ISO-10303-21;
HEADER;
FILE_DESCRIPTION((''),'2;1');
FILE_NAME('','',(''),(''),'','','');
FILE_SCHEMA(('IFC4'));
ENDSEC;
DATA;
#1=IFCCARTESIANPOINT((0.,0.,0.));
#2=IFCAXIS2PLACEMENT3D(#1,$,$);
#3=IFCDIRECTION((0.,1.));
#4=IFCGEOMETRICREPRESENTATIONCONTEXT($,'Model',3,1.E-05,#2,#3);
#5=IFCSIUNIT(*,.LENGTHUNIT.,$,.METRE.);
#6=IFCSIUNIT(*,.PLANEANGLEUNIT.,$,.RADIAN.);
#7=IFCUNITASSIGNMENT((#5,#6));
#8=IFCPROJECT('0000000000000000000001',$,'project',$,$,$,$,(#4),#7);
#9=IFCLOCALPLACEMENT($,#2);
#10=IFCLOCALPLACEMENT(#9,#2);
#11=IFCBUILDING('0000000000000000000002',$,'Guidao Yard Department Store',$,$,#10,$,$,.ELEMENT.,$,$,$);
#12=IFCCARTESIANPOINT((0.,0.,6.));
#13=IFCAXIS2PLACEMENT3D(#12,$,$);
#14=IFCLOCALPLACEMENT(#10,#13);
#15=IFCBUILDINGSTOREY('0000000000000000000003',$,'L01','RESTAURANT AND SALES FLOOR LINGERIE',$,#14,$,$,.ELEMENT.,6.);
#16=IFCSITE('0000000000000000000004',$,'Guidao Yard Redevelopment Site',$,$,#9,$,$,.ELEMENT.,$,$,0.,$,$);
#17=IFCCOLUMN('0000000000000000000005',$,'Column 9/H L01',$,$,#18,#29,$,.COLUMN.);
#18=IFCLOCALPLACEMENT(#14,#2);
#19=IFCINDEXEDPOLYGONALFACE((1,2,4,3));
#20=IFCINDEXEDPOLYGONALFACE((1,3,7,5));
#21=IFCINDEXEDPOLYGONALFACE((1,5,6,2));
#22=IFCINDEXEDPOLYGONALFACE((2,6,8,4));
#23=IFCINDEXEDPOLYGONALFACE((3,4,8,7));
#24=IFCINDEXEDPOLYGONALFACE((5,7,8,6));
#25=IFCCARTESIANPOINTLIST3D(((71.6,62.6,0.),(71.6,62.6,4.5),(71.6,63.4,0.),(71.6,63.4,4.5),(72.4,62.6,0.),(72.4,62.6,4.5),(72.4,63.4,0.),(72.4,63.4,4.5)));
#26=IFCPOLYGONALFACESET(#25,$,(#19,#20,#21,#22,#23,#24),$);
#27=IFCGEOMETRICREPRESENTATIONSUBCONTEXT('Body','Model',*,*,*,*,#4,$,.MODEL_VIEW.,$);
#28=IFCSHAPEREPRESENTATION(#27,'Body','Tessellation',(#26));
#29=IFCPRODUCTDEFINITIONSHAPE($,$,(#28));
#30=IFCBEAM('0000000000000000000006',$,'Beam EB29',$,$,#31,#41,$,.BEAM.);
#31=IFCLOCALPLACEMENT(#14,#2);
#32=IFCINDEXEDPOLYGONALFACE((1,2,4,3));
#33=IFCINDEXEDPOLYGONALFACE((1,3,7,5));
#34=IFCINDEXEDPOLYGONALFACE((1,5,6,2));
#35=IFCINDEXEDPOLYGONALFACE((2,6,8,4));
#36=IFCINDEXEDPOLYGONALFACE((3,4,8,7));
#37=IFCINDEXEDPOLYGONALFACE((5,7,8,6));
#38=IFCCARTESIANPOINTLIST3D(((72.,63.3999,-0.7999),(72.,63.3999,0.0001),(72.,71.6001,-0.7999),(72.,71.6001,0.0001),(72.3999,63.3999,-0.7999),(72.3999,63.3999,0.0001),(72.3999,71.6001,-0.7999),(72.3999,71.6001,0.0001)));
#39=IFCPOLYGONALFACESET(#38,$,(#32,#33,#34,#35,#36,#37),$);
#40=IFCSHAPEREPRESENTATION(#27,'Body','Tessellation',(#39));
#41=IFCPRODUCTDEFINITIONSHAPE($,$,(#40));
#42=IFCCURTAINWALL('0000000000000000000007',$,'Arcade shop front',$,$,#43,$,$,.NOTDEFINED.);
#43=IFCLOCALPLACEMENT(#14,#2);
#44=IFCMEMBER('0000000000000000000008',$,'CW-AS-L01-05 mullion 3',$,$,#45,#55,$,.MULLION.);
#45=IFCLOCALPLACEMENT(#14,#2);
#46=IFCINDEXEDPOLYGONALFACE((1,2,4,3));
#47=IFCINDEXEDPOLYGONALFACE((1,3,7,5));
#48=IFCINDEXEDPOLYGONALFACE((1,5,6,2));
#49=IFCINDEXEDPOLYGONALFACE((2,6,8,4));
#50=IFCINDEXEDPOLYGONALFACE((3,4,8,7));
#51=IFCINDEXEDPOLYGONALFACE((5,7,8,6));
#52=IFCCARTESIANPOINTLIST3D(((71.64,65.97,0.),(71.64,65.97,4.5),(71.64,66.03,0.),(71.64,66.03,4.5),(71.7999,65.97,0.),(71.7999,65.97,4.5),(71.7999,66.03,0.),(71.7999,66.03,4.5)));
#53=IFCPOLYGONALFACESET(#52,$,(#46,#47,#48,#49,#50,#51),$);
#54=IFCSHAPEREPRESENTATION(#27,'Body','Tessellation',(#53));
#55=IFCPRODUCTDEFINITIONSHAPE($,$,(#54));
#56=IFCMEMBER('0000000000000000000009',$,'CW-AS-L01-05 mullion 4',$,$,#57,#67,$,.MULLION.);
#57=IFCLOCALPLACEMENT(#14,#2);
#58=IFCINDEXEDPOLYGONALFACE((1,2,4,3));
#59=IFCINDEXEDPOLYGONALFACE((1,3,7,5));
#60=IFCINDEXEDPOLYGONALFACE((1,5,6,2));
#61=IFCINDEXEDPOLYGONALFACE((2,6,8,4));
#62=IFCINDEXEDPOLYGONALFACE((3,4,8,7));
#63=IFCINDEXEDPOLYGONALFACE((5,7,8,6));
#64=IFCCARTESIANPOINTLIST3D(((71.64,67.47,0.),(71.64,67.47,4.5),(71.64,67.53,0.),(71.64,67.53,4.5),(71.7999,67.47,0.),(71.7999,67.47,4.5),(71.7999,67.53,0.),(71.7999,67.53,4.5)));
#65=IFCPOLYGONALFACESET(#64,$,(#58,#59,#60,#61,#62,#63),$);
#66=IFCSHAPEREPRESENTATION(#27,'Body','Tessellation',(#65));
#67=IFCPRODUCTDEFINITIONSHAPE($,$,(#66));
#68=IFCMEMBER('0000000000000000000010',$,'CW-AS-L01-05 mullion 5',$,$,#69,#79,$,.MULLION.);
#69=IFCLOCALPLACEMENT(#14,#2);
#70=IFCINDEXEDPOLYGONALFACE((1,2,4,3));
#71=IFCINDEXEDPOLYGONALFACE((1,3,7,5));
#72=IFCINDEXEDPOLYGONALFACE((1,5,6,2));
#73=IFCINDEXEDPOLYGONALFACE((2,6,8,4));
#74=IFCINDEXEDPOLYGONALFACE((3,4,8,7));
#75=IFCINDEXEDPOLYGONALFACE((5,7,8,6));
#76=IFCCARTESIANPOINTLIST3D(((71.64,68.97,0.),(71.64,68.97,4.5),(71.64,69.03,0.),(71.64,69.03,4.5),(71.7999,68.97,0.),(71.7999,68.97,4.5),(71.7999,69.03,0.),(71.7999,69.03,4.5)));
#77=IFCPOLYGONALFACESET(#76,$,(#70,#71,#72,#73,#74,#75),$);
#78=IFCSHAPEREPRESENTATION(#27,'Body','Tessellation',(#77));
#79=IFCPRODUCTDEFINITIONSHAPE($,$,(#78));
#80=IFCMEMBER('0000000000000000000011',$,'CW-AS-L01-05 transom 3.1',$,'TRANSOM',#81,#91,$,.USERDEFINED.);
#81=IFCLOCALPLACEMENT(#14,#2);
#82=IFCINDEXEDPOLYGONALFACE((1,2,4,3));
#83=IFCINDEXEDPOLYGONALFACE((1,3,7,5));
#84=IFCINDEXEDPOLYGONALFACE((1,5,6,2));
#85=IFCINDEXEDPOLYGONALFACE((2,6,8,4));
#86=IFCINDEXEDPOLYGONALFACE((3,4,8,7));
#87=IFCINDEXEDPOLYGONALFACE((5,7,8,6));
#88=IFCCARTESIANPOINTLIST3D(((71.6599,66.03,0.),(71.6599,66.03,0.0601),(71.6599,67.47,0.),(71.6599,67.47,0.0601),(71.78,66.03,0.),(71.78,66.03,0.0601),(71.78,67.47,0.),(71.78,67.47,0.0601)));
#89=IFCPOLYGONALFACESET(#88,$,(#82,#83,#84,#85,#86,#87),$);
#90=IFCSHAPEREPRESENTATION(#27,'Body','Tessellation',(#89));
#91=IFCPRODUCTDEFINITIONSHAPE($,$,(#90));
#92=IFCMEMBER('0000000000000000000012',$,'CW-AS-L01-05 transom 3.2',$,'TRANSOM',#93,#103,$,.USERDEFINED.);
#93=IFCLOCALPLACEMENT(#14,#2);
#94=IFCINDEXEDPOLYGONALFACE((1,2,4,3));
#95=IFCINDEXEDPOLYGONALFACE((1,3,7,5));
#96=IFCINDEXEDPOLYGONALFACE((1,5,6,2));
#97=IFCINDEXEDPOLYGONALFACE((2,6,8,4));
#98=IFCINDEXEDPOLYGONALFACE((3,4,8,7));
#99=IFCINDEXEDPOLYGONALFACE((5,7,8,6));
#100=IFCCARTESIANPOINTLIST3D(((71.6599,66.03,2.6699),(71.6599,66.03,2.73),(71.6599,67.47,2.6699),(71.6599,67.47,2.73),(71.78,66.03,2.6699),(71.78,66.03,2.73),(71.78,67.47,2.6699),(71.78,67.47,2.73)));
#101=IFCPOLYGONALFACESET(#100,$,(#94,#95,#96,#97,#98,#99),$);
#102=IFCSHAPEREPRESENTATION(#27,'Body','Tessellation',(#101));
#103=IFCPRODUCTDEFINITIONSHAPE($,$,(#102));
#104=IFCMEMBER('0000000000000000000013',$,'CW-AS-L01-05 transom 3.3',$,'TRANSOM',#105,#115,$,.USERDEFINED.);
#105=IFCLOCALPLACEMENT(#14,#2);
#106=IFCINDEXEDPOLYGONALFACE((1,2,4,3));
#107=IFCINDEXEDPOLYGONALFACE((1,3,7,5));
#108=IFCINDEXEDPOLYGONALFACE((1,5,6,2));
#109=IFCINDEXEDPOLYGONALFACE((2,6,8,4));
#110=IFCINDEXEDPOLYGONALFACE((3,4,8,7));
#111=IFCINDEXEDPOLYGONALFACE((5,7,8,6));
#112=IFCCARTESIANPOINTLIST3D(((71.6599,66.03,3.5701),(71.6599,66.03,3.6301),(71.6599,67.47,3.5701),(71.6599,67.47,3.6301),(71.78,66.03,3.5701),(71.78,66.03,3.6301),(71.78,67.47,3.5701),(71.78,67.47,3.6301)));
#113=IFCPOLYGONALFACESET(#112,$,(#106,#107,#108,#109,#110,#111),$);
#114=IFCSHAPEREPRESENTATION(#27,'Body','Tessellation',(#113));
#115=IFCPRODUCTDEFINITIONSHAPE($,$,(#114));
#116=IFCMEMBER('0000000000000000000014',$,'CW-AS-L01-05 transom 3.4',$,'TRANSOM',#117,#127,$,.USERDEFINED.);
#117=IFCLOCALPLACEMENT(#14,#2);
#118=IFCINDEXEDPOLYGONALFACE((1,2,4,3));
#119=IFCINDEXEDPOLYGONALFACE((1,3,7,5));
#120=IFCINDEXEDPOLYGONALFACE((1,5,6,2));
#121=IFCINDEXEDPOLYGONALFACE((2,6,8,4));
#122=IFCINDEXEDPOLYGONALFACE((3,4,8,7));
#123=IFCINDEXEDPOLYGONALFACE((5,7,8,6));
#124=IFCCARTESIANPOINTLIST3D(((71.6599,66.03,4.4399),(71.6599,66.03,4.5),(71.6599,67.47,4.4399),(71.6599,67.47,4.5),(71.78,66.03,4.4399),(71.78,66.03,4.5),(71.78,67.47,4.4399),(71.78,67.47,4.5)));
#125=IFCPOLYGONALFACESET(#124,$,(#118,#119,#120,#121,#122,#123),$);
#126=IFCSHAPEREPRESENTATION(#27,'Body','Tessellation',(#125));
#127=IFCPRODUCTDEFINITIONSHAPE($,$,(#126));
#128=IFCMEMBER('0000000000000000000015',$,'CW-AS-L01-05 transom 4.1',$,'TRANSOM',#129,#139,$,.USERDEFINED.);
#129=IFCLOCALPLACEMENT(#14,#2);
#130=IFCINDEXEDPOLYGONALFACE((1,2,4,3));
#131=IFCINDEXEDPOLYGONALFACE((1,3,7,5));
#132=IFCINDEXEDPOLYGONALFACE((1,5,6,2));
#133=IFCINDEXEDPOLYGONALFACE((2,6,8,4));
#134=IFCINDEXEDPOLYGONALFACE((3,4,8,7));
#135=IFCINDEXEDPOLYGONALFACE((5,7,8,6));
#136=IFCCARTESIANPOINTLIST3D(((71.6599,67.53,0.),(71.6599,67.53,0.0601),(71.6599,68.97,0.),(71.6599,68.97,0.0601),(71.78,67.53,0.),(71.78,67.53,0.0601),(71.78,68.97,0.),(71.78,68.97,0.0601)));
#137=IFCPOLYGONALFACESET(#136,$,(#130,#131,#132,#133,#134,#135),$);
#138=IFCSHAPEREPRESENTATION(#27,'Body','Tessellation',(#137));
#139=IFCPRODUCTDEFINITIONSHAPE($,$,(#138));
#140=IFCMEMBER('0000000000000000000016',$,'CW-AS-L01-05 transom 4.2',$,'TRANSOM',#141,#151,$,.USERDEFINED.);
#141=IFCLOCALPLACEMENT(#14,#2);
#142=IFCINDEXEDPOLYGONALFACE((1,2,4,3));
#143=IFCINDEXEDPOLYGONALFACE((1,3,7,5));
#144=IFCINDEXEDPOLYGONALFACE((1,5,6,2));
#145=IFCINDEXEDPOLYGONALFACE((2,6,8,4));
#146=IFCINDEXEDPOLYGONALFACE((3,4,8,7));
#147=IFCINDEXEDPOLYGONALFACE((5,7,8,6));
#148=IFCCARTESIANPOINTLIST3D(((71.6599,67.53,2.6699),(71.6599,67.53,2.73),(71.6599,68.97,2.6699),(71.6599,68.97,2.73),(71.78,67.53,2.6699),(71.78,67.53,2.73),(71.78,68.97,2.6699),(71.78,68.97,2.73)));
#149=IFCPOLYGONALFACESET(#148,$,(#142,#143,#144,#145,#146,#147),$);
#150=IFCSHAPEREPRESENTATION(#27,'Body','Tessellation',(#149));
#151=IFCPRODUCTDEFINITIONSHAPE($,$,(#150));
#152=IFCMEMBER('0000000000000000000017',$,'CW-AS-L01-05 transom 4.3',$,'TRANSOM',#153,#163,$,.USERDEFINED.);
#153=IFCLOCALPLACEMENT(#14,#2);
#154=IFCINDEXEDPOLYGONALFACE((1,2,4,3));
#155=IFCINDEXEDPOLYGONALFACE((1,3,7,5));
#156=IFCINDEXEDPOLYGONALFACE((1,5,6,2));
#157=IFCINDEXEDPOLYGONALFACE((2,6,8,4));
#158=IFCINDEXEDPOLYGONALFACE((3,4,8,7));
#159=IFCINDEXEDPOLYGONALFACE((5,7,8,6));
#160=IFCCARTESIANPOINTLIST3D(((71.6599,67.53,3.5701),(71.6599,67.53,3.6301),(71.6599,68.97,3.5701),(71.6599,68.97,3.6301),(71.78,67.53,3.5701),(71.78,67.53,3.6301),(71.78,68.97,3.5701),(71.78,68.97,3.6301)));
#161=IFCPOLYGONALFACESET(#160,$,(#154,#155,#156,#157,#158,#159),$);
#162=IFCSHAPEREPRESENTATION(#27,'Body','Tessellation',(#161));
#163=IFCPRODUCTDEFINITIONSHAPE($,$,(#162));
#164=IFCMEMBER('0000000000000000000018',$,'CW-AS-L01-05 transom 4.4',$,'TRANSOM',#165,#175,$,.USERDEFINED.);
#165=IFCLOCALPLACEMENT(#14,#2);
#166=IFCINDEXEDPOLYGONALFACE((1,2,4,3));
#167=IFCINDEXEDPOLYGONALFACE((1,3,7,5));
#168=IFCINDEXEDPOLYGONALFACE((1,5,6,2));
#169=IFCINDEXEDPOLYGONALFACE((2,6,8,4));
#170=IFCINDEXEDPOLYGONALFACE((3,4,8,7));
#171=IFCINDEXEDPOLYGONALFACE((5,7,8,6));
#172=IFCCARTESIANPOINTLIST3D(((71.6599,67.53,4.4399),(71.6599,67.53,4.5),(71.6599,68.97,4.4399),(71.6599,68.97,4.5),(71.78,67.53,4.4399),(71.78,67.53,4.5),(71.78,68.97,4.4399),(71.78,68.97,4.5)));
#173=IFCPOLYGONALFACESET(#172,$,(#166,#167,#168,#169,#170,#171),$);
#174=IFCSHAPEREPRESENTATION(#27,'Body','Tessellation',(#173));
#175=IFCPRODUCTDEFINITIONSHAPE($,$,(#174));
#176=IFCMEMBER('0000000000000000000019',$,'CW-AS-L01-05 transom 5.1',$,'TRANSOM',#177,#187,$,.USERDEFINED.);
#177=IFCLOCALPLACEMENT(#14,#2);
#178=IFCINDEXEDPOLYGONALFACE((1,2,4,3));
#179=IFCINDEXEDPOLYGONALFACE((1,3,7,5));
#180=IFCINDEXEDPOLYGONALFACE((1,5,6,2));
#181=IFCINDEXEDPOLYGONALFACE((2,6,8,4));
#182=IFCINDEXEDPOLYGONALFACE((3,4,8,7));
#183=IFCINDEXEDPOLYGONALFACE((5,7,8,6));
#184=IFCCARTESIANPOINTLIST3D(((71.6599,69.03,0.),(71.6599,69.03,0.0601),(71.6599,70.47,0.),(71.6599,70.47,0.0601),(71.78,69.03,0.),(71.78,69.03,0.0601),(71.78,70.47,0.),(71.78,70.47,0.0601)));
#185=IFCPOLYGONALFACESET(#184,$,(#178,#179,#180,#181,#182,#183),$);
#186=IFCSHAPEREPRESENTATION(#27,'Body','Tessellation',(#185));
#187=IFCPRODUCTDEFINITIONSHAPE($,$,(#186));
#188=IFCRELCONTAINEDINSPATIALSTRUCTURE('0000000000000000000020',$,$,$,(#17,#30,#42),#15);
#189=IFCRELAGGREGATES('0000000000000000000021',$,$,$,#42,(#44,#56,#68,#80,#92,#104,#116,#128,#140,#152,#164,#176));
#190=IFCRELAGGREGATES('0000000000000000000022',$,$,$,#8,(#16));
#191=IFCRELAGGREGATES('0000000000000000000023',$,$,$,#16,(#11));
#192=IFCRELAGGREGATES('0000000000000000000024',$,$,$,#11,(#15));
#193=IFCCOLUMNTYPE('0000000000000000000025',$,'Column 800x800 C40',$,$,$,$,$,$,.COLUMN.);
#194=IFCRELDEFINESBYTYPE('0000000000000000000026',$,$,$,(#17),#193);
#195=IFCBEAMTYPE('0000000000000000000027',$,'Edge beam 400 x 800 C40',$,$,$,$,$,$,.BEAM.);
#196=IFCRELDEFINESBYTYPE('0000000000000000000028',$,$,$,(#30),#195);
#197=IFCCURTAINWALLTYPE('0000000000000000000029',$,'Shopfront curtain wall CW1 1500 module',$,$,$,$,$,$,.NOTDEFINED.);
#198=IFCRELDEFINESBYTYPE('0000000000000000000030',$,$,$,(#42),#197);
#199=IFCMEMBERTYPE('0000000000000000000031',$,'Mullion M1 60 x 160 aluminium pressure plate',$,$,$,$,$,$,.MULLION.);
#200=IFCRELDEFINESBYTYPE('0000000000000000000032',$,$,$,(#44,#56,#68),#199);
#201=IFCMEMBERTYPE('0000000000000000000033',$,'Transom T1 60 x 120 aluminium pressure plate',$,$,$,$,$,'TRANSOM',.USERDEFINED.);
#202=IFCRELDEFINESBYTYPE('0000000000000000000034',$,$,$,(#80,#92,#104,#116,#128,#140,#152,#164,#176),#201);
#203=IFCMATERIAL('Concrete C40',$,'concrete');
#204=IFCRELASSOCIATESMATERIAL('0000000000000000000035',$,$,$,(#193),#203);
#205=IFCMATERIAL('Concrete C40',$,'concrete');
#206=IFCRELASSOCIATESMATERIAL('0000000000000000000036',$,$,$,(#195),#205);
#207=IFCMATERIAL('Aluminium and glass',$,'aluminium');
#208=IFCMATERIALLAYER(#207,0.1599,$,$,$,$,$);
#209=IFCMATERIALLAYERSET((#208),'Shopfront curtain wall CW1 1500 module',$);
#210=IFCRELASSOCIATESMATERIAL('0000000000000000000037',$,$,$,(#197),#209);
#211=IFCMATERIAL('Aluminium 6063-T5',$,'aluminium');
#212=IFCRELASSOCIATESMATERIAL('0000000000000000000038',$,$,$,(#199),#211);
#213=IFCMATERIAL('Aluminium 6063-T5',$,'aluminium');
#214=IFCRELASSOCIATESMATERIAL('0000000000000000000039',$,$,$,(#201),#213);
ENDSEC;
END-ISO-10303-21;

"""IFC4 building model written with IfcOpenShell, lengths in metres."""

from ifc_helpers import new_model, si_unit, direction, frame, origin, origin_2d, place, context, subcontext, project, spatial, rectangle, extrude, material, layer, layer_set, material_profile, profile_set, type_object, element, aggregate, save


model = new_model("IFC4")

# Units and contexts
model_context = context("Model", 3, precision=1e-05, world=origin(), true_north=direction((0.0, 1.0)))
body_context = subcontext(model_context, "Body", "Model", "MODEL_VIEW")
ifc_project = project(units=[si_unit("LENGTHUNIT", "METRE"), si_unit("PLANEANGLEUNIT", "RADIAN")], contexts=[model_context])

# Site, building, storey
site_placement = place(None, origin())
site = spatial("IfcSite", under=ifc_project, at=site_placement, Name="Guidao Yard Redevelopment Site", CompositionType="ELEMENT", RefElevation=0.0)
building_placement = place(site_placement, origin())
building = spatial("IfcBuilding", under=site, at=building_placement, Name="Guidao Yard Department Store", CompositionType="ELEMENT")
storey_placement = place(building_placement, frame((0.0, 0.0, 6.0)))
storey = spatial("IfcBuildingStorey", under=building, at=storey_placement, Name="L01", Description="RESTAURANT AND SALES FLOOR LINGERIE", CompositionType="ELEMENT", Elevation=6.0)

# Column
ifc_material_1 = material(Name="Concrete C40", Category="concrete")
ifc_material_profile_1 = material_profile(ifc_material_1, rectangle(XDim=0.8, YDim=0.8, at=origin_2d()), Name="COL 800x800")
ifc_profile_set_1 = profile_set([ifc_material_profile_1], Name="Concrete C40")
column_type = type_object("IfcColumnType", Name="Column 800x800 C40", PredefinedType="COLUMN", material=ifc_profile_set_1)
column_placement = place(storey_placement, frame((72.0, 63.0, 0.0), z_axis=(0.0, 0.0, 1.0), x_axis=(1.0, 0.0, 0.0)))
element("IfcColumn", 1, at=column_placement, inside=storey, type_object=column_type, Name="Column 9/H L01", PredefinedType="COLUMN", context=body_context, shape_type="SweptSolid", body=[
    extrude(rectangle(XDim=0.8, YDim=0.8, at=origin_2d()), origin(), (0.0, 0.0, 1.0), 4.5),
])

# Beam
ifc_material_2 = material(Name="Concrete C40", Category="concrete")
ifc_material_profile_2 = material_profile(ifc_material_2, rectangle(XDim=0.3999, YDim=0.8, at=origin_2d()), Name="Edge beam 400 x 800 C40")
ifc_profile_set_2 = profile_set([ifc_material_profile_2], Name="Concrete C40")
beam_type = type_object("IfcBeamType", Name="Edge beam 400 x 800 C40", PredefinedType="BEAM", material=ifc_profile_set_2)
beam_placement = place(storey_placement, frame((72.2, 63.3999, -0.3999), z_axis=(0.0, 1.0, 0.0), x_axis=(-1.0, 0.0, 0.0)))
element("IfcBeam", 2, at=beam_placement, inside=storey, type_object=beam_type, Name="Beam EB29", PredefinedType="BEAM", context=body_context, shape_type="SweptSolid", body=[
    extrude(rectangle(XDim=0.3999, YDim=0.8, at=origin_2d()), origin(), (0.0, 0.0, 1.0), 8.2002),
])

# Curtain wall, members
ifc_material_3 = material(Name="Aluminium and glass", Category="aluminium")
ifc_layer_1 = layer(ifc_material_3, 0.1599)
ifc_layer_set_1 = layer_set([ifc_layer_1], Name="Shopfront curtain wall CW1 1500 module")
curtain_wall_type = type_object("IfcCurtainWallType", Name="Shopfront curtain wall CW1 1500 module", PredefinedType="NOTDEFINED", material=ifc_layer_set_1)
curtain_wall_placement = place(storey_placement, origin())
curtain_wall = element("IfcCurtainWall", 3, at=curtain_wall_placement, inside=storey, type_object=curtain_wall_type, Name="Arcade shop front", PredefinedType="NOTDEFINED")
ifc_material_4 = material(Name="Aluminium 6063-T5", Category="aluminium")
ifc_material_profile_3 = material_profile(ifc_material_4, rectangle(XDim=0.0601, YDim=0.1599, at=origin_2d()), Name="Mullion M1 60 x 160 aluminium pressure plate")
ifc_profile_set_3 = profile_set([ifc_material_profile_3], Name="Aluminium 6063-T5")
member_type_1 = type_object("IfcMemberType", Name="Mullion M1 60 x 160 aluminium pressure plate", PredefinedType="MULLION", material=ifc_profile_set_3)
member_1_placement = place(storey_placement, frame((71.72, 66.0, 0.0), z_axis=(0.0, 0.0, 1.0), x_axis=(0.0, 1.0, 0.0)))
member_1 = element("IfcMember", 4, at=member_1_placement, type_object=member_type_1, Name="CW-AS-L01-05 mullion 3", PredefinedType="MULLION", context=body_context, shape_type="SweptSolid", body=[
    extrude(rectangle(XDim=0.0601, YDim=0.1599, at=origin_2d()), origin(), (0.0, 0.0, 1.0), 4.5),
])
member_2_placement = place(storey_placement, frame((71.72, 67.5, 0.0), z_axis=(0.0, 0.0, 1.0), x_axis=(0.0, 1.0, 0.0)))
member_2 = element("IfcMember", 5, at=member_2_placement, type_object=member_type_1, Name="CW-AS-L01-05 mullion 4", PredefinedType="MULLION", context=body_context, shape_type="SweptSolid", body=[
    extrude(rectangle(XDim=0.0601, YDim=0.1599, at=origin_2d()), origin(), (0.0, 0.0, 1.0), 4.5),
])
member_3_placement = place(storey_placement, frame((71.72, 69.0, 0.0), z_axis=(0.0, 0.0, 1.0), x_axis=(0.0, 1.0, 0.0)))
member_3 = element("IfcMember", 6, at=member_3_placement, type_object=member_type_1, Name="CW-AS-L01-05 mullion 5", PredefinedType="MULLION", context=body_context, shape_type="SweptSolid", body=[
    extrude(rectangle(XDim=0.0601, YDim=0.1599, at=origin_2d()), origin(), (0.0, 0.0, 1.0), 4.5),
])
ifc_material_5 = material(Name="Aluminium 6063-T5", Category="aluminium")
ifc_material_profile_4 = material_profile(ifc_material_5, rectangle(XDim=0.1201, YDim=0.0601, at=origin_2d()), Name="Transom T1 60 x 120 aluminium pressure plate")
ifc_profile_set_4 = profile_set([ifc_material_profile_4], Name="Aluminium 6063-T5")
member_type_2 = type_object("IfcMemberType", Name="Transom T1 60 x 120 aluminium pressure plate", ElementType="TRANSOM", PredefinedType="USERDEFINED", material=ifc_profile_set_4)
member_4_placement = place(storey_placement, frame((71.72, 66.03, 0.03), z_axis=(0.0, 1.0, 0.0), x_axis=(-1.0, 0.0, 0.0)))
member_4 = element("IfcMember", 7, at=member_4_placement, type_object=member_type_2, Name="CW-AS-L01-05 transom 3.1", ObjectType="TRANSOM", PredefinedType="USERDEFINED", context=body_context, shape_type="SweptSolid", body=[
    extrude(rectangle(XDim=0.1201, YDim=0.0601, at=origin_2d()), origin(), (0.0, 0.0, 1.0), 1.4399),
])
member_5_placement = place(storey_placement, frame((71.72, 66.03, 2.7), z_axis=(0.0, 1.0, 0.0), x_axis=(-1.0, 0.0, 0.0)))
member_5 = element("IfcMember", 8, at=member_5_placement, type_object=member_type_2, Name="CW-AS-L01-05 transom 3.2", ObjectType="TRANSOM", PredefinedType="USERDEFINED", context=body_context, shape_type="SweptSolid", body=[
    extrude(rectangle(XDim=0.1201, YDim=0.0601, at=origin_2d()), origin(), (0.0, 0.0, 1.0), 1.4399),
])
member_6_placement = place(storey_placement, frame((71.72, 66.03, 3.6001), z_axis=(0.0, 1.0, 0.0), x_axis=(-1.0, 0.0, 0.0)))
member_6 = element("IfcMember", 9, at=member_6_placement, type_object=member_type_2, Name="CW-AS-L01-05 transom 3.3", ObjectType="TRANSOM", PredefinedType="USERDEFINED", context=body_context, shape_type="SweptSolid", body=[
    extrude(rectangle(XDim=0.1201, YDim=0.0601, at=origin_2d()), origin(), (0.0, 0.0, 1.0), 1.4399),
])
member_7_placement = place(storey_placement, frame((71.72, 66.03, 4.47), z_axis=(0.0, 1.0, 0.0), x_axis=(-1.0, 0.0, 0.0)))
member_7 = element("IfcMember", 10, at=member_7_placement, type_object=member_type_2, Name="CW-AS-L01-05 transom 3.4", ObjectType="TRANSOM", PredefinedType="USERDEFINED", context=body_context, shape_type="SweptSolid", body=[
    extrude(rectangle(XDim=0.1201, YDim=0.0601, at=origin_2d()), origin(), (0.0, 0.0, 1.0), 1.4399),
])
member_8_placement = place(storey_placement, frame((71.72, 67.53, 0.03), z_axis=(0.0, 1.0, 0.0), x_axis=(-1.0, 0.0, 0.0)))
member_8 = element("IfcMember", 11, at=member_8_placement, type_object=member_type_2, Name="CW-AS-L01-05 transom 4.1", ObjectType="TRANSOM", PredefinedType="USERDEFINED", context=body_context, shape_type="SweptSolid", body=[
    extrude(rectangle(XDim=0.1201, YDim=0.0601, at=origin_2d()), origin(), (0.0, 0.0, 1.0), 1.4399),
])
member_9_placement = place(storey_placement, frame((71.72, 67.53, 2.7), z_axis=(0.0, 1.0, 0.0), x_axis=(-1.0, 0.0, 0.0)))
member_9 = element("IfcMember", 12, at=member_9_placement, type_object=member_type_2, Name="CW-AS-L01-05 transom 4.2", ObjectType="TRANSOM", PredefinedType="USERDEFINED", context=body_context, shape_type="SweptSolid", body=[
    extrude(rectangle(XDim=0.1201, YDim=0.0601, at=origin_2d()), origin(), (0.0, 0.0, 1.0), 1.4399),
])
member_10_placement = place(storey_placement, frame((71.72, 67.53, 3.6001), z_axis=(0.0, 1.0, 0.0), x_axis=(-1.0, 0.0, 0.0)))
member_10 = element("IfcMember", 13, at=member_10_placement, type_object=member_type_2, Name="CW-AS-L01-05 transom 4.3", ObjectType="TRANSOM", PredefinedType="USERDEFINED", context=body_context, shape_type="SweptSolid", body=[
    extrude(rectangle(XDim=0.1201, YDim=0.0601, at=origin_2d()), origin(), (0.0, 0.0, 1.0), 1.4399),
])
member_11_placement = place(storey_placement, frame((71.72, 67.53, 4.47), z_axis=(0.0, 1.0, 0.0), x_axis=(-1.0, 0.0, 0.0)))
member_11 = element("IfcMember", 14, at=member_11_placement, type_object=member_type_2, Name="CW-AS-L01-05 transom 4.4", ObjectType="TRANSOM", PredefinedType="USERDEFINED", context=body_context, shape_type="SweptSolid", body=[
    extrude(rectangle(XDim=0.1201, YDim=0.0601, at=origin_2d()), origin(), (0.0, 0.0, 1.0), 1.4399),
])
member_12_placement = place(storey_placement, frame((71.72, 69.03, 0.03), z_axis=(0.0, 1.0, 0.0), x_axis=(-1.0, 0.0, 0.0)))
member_12 = element("IfcMember", 15, at=member_12_placement, type_object=member_type_2, Name="CW-AS-L01-05 transom 5.1", ObjectType="TRANSOM", PredefinedType="USERDEFINED", context=body_context, shape_type="SweptSolid", body=[
    extrude(rectangle(XDim=0.1201, YDim=0.0601, at=origin_2d()), origin(), (0.0, 0.0, 1.0), 1.4399),
])
aggregate(curtain_wall, [member_1, member_2, member_3, member_4, member_5, member_6, member_7, member_8, member_9, member_10, member_11, member_12])

save(model, "model.ifc")
